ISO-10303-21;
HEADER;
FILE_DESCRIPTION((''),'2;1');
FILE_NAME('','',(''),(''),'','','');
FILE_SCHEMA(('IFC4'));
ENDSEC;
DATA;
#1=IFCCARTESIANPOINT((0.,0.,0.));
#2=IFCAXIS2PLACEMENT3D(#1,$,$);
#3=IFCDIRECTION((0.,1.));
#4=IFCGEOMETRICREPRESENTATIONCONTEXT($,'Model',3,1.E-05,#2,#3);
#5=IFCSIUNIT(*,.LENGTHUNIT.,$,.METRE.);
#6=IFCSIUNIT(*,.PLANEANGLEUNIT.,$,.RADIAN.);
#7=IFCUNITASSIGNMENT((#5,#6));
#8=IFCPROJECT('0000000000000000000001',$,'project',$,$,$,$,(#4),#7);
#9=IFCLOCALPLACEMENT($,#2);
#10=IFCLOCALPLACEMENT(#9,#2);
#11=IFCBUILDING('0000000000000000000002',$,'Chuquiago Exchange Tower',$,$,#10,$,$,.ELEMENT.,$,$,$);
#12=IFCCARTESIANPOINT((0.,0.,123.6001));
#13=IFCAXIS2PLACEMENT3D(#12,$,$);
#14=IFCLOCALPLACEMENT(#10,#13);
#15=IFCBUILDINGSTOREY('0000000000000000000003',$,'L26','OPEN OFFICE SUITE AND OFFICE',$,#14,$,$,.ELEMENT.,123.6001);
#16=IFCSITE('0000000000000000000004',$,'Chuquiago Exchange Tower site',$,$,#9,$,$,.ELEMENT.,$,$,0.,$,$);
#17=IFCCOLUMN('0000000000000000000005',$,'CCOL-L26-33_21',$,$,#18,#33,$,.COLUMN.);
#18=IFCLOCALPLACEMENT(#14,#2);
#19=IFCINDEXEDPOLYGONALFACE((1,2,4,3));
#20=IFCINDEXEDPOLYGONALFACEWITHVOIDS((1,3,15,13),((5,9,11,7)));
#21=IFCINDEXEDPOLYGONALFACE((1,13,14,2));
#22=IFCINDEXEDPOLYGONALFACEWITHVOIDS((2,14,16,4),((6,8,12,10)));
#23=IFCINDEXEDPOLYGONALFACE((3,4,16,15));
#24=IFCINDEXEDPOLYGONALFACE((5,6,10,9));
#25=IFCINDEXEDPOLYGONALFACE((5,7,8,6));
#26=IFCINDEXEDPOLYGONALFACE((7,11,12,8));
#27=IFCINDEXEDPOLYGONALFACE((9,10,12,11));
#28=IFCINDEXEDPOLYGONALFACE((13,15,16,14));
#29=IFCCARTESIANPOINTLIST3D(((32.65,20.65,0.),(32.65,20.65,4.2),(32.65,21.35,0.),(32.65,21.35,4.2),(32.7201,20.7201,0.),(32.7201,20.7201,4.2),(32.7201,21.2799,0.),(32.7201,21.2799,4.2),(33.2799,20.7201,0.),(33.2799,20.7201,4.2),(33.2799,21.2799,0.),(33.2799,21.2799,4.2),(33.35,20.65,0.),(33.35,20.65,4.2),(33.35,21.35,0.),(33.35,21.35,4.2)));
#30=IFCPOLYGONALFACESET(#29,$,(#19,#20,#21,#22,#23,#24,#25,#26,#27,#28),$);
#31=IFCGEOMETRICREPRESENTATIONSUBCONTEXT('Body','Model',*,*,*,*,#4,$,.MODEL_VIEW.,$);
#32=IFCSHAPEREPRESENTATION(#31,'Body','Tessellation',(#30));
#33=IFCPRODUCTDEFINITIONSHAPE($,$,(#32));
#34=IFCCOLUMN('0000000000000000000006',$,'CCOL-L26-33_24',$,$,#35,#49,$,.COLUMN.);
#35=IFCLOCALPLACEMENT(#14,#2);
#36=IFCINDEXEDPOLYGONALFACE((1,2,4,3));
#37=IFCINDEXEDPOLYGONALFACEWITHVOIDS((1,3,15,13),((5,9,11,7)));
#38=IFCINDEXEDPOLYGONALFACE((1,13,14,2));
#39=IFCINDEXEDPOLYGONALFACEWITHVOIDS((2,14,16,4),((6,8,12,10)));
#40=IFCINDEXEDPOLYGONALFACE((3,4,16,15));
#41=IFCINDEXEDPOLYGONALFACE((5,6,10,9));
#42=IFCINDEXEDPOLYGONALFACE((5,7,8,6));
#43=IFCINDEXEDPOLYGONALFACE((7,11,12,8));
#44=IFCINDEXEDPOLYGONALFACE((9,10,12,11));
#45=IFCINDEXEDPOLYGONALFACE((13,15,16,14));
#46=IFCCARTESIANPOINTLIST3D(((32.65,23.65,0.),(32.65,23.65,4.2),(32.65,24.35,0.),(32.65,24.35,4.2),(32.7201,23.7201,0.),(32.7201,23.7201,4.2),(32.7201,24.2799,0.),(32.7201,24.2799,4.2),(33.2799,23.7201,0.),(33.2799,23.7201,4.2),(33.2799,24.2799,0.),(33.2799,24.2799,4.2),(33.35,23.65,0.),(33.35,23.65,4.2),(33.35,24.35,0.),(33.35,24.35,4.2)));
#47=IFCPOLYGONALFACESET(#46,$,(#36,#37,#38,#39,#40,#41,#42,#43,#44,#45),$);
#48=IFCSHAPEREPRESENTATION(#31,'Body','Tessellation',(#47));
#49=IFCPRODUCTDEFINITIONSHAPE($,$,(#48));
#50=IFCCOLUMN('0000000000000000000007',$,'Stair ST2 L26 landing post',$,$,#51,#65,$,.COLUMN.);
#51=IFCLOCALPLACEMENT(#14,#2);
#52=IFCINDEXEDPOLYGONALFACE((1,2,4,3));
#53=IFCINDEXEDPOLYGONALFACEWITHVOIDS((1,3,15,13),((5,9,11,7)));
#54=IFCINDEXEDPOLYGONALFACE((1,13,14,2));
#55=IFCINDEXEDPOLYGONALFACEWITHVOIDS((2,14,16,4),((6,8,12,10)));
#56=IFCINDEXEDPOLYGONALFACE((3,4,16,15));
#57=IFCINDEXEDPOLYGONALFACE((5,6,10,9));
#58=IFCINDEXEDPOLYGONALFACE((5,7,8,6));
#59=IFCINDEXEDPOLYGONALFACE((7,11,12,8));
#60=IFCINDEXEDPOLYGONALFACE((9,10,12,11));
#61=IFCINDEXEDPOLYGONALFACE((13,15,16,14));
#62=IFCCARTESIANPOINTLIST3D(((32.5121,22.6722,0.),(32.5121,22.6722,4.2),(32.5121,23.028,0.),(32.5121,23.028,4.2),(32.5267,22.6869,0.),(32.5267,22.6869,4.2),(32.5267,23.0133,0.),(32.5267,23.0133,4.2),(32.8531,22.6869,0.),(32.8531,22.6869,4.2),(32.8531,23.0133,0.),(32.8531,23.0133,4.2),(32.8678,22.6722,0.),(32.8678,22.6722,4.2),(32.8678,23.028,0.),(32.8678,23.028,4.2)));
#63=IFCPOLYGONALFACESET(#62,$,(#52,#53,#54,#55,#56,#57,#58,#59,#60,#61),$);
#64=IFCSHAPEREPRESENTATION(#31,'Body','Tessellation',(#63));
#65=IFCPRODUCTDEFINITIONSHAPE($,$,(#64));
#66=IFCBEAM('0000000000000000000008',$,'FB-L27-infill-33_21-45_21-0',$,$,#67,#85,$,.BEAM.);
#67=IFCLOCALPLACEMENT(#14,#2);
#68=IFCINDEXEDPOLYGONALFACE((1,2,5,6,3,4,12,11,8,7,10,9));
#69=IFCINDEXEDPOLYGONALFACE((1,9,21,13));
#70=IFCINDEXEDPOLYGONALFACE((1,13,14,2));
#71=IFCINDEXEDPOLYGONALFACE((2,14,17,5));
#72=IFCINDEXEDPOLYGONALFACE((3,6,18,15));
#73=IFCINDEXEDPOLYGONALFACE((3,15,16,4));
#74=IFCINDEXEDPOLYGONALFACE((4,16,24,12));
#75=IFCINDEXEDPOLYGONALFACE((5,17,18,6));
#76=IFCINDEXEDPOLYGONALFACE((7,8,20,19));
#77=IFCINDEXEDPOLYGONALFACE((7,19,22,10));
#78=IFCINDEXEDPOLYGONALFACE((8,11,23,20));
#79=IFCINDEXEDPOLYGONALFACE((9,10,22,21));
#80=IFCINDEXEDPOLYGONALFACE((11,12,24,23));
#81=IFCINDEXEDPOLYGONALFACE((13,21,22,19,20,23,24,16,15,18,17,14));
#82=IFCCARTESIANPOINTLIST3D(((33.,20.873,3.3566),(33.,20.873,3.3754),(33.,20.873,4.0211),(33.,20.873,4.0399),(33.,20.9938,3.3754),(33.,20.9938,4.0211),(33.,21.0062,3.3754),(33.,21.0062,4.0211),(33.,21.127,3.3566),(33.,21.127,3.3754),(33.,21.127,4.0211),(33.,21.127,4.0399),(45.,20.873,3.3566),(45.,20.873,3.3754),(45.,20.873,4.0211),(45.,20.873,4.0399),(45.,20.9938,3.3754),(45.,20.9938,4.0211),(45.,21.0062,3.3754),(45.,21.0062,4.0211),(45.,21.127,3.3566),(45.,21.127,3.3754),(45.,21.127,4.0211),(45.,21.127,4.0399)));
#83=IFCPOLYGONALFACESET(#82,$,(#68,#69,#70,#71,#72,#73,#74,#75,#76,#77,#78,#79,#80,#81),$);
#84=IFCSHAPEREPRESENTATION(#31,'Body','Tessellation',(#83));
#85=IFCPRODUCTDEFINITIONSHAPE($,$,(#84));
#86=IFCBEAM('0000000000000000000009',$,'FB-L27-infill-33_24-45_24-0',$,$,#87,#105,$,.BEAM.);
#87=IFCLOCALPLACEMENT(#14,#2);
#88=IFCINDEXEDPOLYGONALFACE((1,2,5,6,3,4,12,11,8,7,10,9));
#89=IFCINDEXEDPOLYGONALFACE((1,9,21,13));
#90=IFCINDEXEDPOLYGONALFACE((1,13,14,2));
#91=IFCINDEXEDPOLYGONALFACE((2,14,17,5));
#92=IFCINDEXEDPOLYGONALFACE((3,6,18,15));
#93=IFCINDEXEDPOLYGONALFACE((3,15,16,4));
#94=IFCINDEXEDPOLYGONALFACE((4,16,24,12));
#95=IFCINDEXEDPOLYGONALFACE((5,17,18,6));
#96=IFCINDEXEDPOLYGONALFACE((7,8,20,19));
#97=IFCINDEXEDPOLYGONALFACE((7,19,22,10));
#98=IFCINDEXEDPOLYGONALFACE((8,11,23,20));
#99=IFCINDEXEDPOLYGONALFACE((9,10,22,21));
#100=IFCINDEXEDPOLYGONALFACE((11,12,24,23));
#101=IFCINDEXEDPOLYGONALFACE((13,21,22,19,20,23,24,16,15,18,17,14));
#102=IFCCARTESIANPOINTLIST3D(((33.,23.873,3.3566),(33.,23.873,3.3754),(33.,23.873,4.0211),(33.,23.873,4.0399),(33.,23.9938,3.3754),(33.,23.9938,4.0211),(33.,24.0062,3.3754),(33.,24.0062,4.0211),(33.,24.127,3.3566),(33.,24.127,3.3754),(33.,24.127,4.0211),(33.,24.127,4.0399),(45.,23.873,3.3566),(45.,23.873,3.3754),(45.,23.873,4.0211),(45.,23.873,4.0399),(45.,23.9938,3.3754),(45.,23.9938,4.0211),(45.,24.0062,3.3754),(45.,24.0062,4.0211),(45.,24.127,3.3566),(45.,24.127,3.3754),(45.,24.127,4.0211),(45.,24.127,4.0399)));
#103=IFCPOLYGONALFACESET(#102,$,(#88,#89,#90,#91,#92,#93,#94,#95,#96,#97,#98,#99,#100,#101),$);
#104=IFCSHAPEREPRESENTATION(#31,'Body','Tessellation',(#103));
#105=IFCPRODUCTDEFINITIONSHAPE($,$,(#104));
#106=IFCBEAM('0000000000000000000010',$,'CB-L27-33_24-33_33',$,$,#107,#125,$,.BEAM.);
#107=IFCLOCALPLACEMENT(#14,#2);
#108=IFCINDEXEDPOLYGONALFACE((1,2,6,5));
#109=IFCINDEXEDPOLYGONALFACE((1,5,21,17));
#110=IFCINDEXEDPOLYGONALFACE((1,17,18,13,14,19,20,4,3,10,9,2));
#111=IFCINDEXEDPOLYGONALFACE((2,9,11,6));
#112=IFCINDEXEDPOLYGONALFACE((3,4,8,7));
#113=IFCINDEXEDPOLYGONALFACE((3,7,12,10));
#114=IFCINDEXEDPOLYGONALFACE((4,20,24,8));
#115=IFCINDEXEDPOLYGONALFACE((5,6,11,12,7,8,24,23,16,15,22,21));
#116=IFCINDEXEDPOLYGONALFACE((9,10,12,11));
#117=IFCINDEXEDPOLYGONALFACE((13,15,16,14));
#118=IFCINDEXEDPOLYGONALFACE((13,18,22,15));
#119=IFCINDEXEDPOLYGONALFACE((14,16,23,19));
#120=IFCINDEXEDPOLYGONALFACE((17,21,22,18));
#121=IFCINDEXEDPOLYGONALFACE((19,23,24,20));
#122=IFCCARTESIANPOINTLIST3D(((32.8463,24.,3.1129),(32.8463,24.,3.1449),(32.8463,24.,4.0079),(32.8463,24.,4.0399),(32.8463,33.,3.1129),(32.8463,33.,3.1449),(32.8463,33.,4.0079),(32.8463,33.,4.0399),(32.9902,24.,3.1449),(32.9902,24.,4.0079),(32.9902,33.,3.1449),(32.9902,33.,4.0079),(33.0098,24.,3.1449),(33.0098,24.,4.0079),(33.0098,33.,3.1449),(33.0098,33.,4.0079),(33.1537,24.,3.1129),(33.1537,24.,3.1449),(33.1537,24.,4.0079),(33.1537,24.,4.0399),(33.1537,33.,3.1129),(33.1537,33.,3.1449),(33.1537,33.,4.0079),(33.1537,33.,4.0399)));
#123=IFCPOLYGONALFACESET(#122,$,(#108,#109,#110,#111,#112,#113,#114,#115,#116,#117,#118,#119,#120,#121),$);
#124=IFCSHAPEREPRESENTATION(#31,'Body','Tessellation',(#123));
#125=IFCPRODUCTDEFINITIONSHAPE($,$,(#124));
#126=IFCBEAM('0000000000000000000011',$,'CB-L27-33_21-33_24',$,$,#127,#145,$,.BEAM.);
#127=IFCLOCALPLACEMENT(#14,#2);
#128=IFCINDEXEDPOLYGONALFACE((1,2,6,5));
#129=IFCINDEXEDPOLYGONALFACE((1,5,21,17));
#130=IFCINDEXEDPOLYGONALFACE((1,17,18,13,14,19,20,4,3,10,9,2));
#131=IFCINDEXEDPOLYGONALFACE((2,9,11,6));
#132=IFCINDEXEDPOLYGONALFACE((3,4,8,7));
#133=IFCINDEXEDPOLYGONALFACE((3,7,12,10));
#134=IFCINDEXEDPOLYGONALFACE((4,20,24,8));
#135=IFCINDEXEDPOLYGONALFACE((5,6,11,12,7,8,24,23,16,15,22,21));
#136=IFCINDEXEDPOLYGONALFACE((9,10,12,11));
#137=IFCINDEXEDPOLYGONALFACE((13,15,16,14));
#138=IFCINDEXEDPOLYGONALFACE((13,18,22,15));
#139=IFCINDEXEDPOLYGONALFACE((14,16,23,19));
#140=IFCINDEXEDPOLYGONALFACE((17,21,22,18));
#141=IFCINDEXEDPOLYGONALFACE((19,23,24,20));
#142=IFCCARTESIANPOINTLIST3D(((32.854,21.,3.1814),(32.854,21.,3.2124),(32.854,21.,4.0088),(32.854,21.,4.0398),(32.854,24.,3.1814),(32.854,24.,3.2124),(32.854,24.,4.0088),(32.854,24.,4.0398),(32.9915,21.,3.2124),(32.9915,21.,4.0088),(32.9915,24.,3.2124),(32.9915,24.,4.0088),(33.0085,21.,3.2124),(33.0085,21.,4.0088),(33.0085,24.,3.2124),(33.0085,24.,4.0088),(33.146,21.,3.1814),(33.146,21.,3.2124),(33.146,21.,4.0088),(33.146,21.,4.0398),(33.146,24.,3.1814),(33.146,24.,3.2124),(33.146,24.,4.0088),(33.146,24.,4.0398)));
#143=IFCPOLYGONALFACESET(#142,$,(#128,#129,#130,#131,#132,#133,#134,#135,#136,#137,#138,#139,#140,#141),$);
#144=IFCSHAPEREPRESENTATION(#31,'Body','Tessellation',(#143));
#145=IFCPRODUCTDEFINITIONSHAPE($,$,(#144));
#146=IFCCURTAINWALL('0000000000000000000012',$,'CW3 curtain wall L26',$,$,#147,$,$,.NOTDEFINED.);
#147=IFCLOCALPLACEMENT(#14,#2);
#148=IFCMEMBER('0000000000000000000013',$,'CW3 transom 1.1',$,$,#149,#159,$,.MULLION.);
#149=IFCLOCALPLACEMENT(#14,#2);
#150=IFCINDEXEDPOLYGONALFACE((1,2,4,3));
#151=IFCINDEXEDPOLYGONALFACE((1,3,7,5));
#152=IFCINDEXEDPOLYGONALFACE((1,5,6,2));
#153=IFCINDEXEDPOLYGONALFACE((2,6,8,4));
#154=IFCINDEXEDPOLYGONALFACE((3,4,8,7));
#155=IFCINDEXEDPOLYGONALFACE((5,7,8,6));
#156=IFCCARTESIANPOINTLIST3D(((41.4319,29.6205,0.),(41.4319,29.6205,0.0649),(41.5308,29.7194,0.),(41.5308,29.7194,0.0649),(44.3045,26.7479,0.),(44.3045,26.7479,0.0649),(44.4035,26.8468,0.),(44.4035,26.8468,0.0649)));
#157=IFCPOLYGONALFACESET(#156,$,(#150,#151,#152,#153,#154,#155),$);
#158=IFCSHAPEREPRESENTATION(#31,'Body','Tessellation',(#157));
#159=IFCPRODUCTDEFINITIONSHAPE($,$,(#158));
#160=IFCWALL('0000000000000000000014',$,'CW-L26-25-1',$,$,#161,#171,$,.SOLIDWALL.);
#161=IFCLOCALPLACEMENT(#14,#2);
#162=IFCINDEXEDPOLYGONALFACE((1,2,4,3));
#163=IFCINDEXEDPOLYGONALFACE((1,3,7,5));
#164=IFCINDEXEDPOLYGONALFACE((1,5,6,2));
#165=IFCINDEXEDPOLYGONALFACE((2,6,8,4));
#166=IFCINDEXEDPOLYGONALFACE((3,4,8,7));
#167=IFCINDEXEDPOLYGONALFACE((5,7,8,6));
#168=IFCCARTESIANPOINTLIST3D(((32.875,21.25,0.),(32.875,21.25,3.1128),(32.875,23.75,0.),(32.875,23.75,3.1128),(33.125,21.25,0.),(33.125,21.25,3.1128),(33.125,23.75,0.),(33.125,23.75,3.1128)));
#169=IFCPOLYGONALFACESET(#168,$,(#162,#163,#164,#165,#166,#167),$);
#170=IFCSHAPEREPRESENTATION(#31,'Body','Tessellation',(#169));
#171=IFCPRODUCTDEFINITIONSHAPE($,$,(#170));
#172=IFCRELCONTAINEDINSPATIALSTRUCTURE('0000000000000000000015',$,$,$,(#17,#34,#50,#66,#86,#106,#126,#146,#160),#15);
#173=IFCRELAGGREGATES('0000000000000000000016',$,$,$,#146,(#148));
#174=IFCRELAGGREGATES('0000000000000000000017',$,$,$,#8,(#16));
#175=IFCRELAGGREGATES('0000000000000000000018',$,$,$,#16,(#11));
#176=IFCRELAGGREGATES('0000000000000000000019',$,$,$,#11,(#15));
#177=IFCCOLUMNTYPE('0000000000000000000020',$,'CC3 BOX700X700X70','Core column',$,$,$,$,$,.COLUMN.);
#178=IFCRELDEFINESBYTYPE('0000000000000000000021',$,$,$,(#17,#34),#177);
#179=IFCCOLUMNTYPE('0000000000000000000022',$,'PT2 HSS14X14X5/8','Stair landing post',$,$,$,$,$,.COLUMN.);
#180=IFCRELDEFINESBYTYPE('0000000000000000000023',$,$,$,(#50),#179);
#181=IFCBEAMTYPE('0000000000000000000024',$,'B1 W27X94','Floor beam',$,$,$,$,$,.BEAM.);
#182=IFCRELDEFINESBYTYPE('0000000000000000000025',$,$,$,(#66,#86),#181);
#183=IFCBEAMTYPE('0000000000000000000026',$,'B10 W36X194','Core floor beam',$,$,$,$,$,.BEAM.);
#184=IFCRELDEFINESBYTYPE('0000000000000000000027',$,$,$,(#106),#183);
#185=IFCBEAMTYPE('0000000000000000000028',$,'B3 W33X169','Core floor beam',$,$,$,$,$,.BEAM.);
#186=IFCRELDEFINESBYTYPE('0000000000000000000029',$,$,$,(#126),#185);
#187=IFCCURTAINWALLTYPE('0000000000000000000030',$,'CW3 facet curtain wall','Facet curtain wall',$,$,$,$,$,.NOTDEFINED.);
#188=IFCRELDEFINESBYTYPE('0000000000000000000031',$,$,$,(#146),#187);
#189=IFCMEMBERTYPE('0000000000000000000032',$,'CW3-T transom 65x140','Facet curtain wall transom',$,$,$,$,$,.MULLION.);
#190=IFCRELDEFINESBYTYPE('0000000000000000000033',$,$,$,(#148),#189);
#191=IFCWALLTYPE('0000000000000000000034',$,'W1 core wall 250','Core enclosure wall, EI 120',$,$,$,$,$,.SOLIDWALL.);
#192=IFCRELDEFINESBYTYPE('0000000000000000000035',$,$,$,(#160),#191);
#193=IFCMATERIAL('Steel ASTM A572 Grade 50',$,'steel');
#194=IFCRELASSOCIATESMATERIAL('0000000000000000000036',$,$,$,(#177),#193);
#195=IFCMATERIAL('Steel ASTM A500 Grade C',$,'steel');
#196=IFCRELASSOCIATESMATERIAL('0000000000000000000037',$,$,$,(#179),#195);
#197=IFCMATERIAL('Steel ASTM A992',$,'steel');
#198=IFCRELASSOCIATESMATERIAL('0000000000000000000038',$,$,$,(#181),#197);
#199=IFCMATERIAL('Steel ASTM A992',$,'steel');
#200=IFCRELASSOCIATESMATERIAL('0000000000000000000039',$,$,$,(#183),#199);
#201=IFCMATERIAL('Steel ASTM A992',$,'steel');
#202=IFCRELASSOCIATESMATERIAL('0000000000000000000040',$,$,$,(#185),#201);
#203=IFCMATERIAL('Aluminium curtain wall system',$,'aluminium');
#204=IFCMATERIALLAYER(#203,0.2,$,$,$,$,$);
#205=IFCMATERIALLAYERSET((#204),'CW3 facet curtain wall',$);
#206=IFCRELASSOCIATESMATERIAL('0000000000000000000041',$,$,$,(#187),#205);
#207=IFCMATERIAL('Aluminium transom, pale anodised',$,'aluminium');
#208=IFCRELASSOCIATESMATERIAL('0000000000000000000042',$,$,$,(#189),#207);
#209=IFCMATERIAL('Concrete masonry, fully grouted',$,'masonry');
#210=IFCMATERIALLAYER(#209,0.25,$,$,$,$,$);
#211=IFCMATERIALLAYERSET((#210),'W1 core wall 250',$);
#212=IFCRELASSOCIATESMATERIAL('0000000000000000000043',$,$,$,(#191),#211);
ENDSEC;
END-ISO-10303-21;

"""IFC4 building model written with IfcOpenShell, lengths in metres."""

from ifc_helpers import new_model, si_unit, direction, frame, frame_2d, origin, origin_2d, place, context, subcontext, project, spatial, rectangle, hollow_rectangle, i_section, extrude, material, layer, layer_set, material_profile, profile_set, type_object, element, aggregate, save


model = new_model("IFC4")

# Units and contexts
model_context = context("Model", 3, precision=1e-05, world=origin(), true_north=direction((0.0, 1.0)))
body_context = subcontext(model_context, "Body", "Model", "MODEL_VIEW")
ifc_project = project(units=[si_unit("LENGTHUNIT", "METRE"), si_unit("PLANEANGLEUNIT", "RADIAN")], contexts=[model_context])

# Site, building, storey
site_placement = place(None, origin())
site = spatial("IfcSite", under=ifc_project, at=site_placement, Name="Chuquiago Exchange Tower site", CompositionType="ELEMENT", RefElevation=0.0)
building_placement = place(site_placement, origin())
building = spatial("IfcBuilding", under=site, at=building_placement, Name="Chuquiago Exchange Tower", CompositionType="ELEMENT")
storey_placement = place(building_placement, frame((0.0, 0.0, 123.6001)))
storey = spatial("IfcBuildingStorey", under=building, at=storey_placement, Name="L26", Description="OPEN OFFICE SUITE AND OFFICE", CompositionType="ELEMENT", Elevation=123.6001)

# Columns
ifc_material_1 = material(Name="Steel ASTM A572 Grade 50", Category="steel")
ifc_material_profile_1 = material_profile(ifc_material_1, hollow_rectangle(XDim=0.7, YDim=0.7, WallThickness=0.0701, at=origin_2d()), Name="BOX700X700X70")
ifc_profile_set_1 = profile_set([ifc_material_profile_1], Name="Steel ASTM A572 Grade 50")
column_type_1 = type_object("IfcColumnType", Name="CC3 BOX700X700X70", Description="Core column", PredefinedType="COLUMN", material=ifc_profile_set_1)
for number, where, z_axis, x_axis, name in (
    (1, (33.0, 21.0, 0.0), (0.0, 0.0, 1.0), (1.0, 0.0, 0.0), "CCOL-L26-33_21"),
    (2, (33.0, 24.0, 0.0), (0.0, 0.0, 1.0), (1.0, 0.0, 0.0), "CCOL-L26-33_24"),
):
    element("IfcColumn", number, at=place(storey_placement, frame(where, z_axis=z_axis, x_axis=x_axis)), inside=storey, type_object=column_type_1, Name=name, PredefinedType="COLUMN", context=body_context, shape_type="SweptSolid", body=[
        extrude(hollow_rectangle(XDim=0.7, YDim=0.7, WallThickness=0.0701, at=origin_2d()), origin(), (0.0, 0.0, 1.0), 4.2),
    ])
ifc_material_2 = material(Name="Steel ASTM A500 Grade C", Category="steel")
ifc_material_profile_2 = material_profile(ifc_material_2, hollow_rectangle(XDim=0.3557, YDim=0.3557, WallThickness=0.0146, at=origin_2d()), Name="HSS14X14X5/8")
ifc_profile_set_2 = profile_set([ifc_material_profile_2], Name="Steel ASTM A500 Grade C")
column_type_2 = type_object("IfcColumnType", Name="PT2 HSS14X14X5/8", Description="Stair landing post", PredefinedType="COLUMN", material=ifc_profile_set_2)
column_placement = place(storey_placement, frame((32.6899, 22.8501, 0.0), z_axis=(0.0, 0.0, 1.0), x_axis=(1.0, 0.0, 0.0)))
element("IfcColumn", 3, at=column_placement, inside=storey, type_object=column_type_2, Name="Stair ST2 L26 landing post", PredefinedType="COLUMN", context=body_context, shape_type="SweptSolid", body=[
    extrude(hollow_rectangle(XDim=0.3557, YDim=0.3557, WallThickness=0.0146, at=origin_2d()), origin(), (0.0, 0.0, 1.0), 4.2),
])

# Beams
ifc_material_3 = material(Name="Steel ASTM A992", Category="steel")
ifc_material_profile_3 = material_profile(ifc_material_3, i_section(OverallWidth=0.2539, OverallDepth=0.6833, WebThickness=0.0125, FlangeThickness=0.0188, at=origin_2d()), Name="W27X94")
ifc_profile_set_3 = profile_set([ifc_material_profile_3], Name="Steel ASTM A992")
beam_type_1 = type_object("IfcBeamType", Name="B1 W27X94", Description="Floor beam", PredefinedType="BEAM", material=ifc_profile_set_3)
for number, where, z_axis, x_axis, name in (
    (4, (33.0, 21.0, 3.6982), (1.0, 0.0, 0.0), (0.0, 1.0, 0.0), "FB-L27-infill-33_21-45_21-0"),
    (5, (33.0, 24.0, 3.6982), (1.0, 0.0, 0.0), (0.0, 1.0, 0.0), "FB-L27-infill-33_24-45_24-0"),
):
    element("IfcBeam", number, at=place(storey_placement, frame(where, z_axis=z_axis, x_axis=x_axis)), inside=storey, type_object=beam_type_1, Name=name, PredefinedType="BEAM", context=body_context, shape_type="SweptSolid", body=[
        extrude(i_section(OverallWidth=0.2539, OverallDepth=0.6833, WebThickness=0.0125, FlangeThickness=0.0188, at=origin_2d()), origin(), (0.0, 0.0, 1.0), 12.0),
    ])
ifc_material_4 = material(Name="Steel ASTM A992", Category="steel")
ifc_material_profile_4 = material_profile(ifc_material_4, i_section(OverallWidth=0.3074, OverallDepth=0.927, WebThickness=0.0195, FlangeThickness=0.032, at=origin_2d()), Name="W36X194")
ifc_profile_set_4 = profile_set([ifc_material_profile_4], Name="Steel ASTM A992")
beam_type_2 = type_object("IfcBeamType", Name="B10 W36X194", Description="Core floor beam", PredefinedType="BEAM", material=ifc_profile_set_4)
beam_1_placement = place(storey_placement, frame((33.0, 24.0, 3.5764), z_axis=(0.0, 1.0, 0.0), x_axis=(-1.0, 0.0, 0.0)))
element("IfcBeam", 6, at=beam_1_placement, inside=storey, type_object=beam_type_2, Name="CB-L27-33_24-33_33", PredefinedType="BEAM", context=body_context, shape_type="SweptSolid", body=[
    extrude(i_section(OverallWidth=0.3074, OverallDepth=0.927, WebThickness=0.0195, FlangeThickness=0.032, at=origin_2d()), origin(), (0.0, 0.0, 1.0), 9.0),
])
ifc_material_5 = material(Name="Steel ASTM A992", Category="steel")
ifc_material_profile_5 = material_profile(ifc_material_5, i_section(OverallWidth=0.292, OverallDepth=0.8584, WebThickness=0.0171, FlangeThickness=0.031, at=origin_2d()), Name="W33X169")
ifc_profile_set_5 = profile_set([ifc_material_profile_5], Name="Steel ASTM A992")
beam_type_3 = type_object("IfcBeamType", Name="B3 W33X169", Description="Core floor beam", PredefinedType="BEAM", material=ifc_profile_set_5)
beam_2_placement = place(storey_placement, frame((33.0, 21.0, 3.6106), z_axis=(0.0, 1.0, 0.0), x_axis=(-1.0, 0.0, 0.0)))
element("IfcBeam", 7, at=beam_2_placement, inside=storey, type_object=beam_type_3, Name="CB-L27-33_21-33_24", PredefinedType="BEAM", context=body_context, shape_type="SweptSolid", body=[
    extrude(i_section(OverallWidth=0.292, OverallDepth=0.8584, WebThickness=0.0171, FlangeThickness=0.031, at=origin_2d()), origin(), (0.0, 0.0, 1.0), 3.0),
])

# Curtain wall, member
ifc_material_6 = material(Name="Aluminium curtain wall system", Category="aluminium")
ifc_layer_1 = layer(ifc_material_6, 0.2)
ifc_layer_set_1 = layer_set([ifc_layer_1], Name="CW3 facet curtain wall")
curtain_wall_type = type_object("IfcCurtainWallType", Name="CW3 facet curtain wall", Description="Facet curtain wall", PredefinedType="NOTDEFINED", material=ifc_layer_set_1)
curtain_wall_placement = place(storey_placement, origin())
curtain_wall = element("IfcCurtainWall", 8, at=curtain_wall_placement, inside=storey, type_object=curtain_wall_type, Name="CW3 curtain wall L26", PredefinedType="NOTDEFINED")
ifc_material_7 = material(Name="Aluminium transom, pale anodised", Category="aluminium")
ifc_material_profile_6 = material_profile(ifc_material_7, rectangle(XDim=0.1399, YDim=0.0649, at=origin_2d()), Name="AL 140x65")
ifc_profile_set_6 = profile_set([ifc_material_profile_6], Name="Aluminium transom, pale anodised")
member_type = type_object("IfcMemberType", Name="CW3-T transom 65x140", Description="Facet curtain wall transom", PredefinedType="MULLION", material=ifc_profile_set_6)
member_placement = place(storey_placement, frame((44.354, 26.7974, 0.0325), z_axis=(-0.707107, 0.707107, 0.0), x_axis=(-0.707107, -0.707107, 0.0)))
member = element("IfcMember", 9, at=member_placement, type_object=member_type, Name="CW3 transom 1.1", PredefinedType="MULLION", context=body_context, shape_type="SweptSolid", body=[
    extrude(rectangle(XDim=0.1399, YDim=0.0649, at=origin_2d()), origin(), (0.0, 0.0, 1.0), 4.0625),
])
aggregate(curtain_wall, [member])

# Wall
ifc_material_8 = material(Name="Concrete masonry, fully grouted", Category="masonry")
ifc_layer_2 = layer(ifc_material_8, 0.25)
ifc_layer_set_2 = layer_set([ifc_layer_2], Name="W1 core wall 250")
wall_type_1 = type_object("IfcWallType", Name="W1 core wall 250", Description="Core enclosure wall, EI 120", PredefinedType="SOLIDWALL", material=ifc_layer_set_2)
wall_1_placement = place(storey_placement, frame((33.0, 21.25, 0.0), z_axis=(0.0, 0.0, 1.0), x_axis=(0.0, 1.0, 0.0)))
element("IfcWall", 10, at=wall_1_placement, inside=storey, type_object=wall_type_1, Name="CW-L26-25-1", PredefinedType="SOLIDWALL", context=body_context, shape_type="SweptSolid", body=[
    extrude(rectangle(XDim=2.5, YDim=0.25, at=frame_2d((1.25, 0.0))), origin(), (0.0, 0.0, 1.0), 3.1128),
])

save(model, "model.ifc")
